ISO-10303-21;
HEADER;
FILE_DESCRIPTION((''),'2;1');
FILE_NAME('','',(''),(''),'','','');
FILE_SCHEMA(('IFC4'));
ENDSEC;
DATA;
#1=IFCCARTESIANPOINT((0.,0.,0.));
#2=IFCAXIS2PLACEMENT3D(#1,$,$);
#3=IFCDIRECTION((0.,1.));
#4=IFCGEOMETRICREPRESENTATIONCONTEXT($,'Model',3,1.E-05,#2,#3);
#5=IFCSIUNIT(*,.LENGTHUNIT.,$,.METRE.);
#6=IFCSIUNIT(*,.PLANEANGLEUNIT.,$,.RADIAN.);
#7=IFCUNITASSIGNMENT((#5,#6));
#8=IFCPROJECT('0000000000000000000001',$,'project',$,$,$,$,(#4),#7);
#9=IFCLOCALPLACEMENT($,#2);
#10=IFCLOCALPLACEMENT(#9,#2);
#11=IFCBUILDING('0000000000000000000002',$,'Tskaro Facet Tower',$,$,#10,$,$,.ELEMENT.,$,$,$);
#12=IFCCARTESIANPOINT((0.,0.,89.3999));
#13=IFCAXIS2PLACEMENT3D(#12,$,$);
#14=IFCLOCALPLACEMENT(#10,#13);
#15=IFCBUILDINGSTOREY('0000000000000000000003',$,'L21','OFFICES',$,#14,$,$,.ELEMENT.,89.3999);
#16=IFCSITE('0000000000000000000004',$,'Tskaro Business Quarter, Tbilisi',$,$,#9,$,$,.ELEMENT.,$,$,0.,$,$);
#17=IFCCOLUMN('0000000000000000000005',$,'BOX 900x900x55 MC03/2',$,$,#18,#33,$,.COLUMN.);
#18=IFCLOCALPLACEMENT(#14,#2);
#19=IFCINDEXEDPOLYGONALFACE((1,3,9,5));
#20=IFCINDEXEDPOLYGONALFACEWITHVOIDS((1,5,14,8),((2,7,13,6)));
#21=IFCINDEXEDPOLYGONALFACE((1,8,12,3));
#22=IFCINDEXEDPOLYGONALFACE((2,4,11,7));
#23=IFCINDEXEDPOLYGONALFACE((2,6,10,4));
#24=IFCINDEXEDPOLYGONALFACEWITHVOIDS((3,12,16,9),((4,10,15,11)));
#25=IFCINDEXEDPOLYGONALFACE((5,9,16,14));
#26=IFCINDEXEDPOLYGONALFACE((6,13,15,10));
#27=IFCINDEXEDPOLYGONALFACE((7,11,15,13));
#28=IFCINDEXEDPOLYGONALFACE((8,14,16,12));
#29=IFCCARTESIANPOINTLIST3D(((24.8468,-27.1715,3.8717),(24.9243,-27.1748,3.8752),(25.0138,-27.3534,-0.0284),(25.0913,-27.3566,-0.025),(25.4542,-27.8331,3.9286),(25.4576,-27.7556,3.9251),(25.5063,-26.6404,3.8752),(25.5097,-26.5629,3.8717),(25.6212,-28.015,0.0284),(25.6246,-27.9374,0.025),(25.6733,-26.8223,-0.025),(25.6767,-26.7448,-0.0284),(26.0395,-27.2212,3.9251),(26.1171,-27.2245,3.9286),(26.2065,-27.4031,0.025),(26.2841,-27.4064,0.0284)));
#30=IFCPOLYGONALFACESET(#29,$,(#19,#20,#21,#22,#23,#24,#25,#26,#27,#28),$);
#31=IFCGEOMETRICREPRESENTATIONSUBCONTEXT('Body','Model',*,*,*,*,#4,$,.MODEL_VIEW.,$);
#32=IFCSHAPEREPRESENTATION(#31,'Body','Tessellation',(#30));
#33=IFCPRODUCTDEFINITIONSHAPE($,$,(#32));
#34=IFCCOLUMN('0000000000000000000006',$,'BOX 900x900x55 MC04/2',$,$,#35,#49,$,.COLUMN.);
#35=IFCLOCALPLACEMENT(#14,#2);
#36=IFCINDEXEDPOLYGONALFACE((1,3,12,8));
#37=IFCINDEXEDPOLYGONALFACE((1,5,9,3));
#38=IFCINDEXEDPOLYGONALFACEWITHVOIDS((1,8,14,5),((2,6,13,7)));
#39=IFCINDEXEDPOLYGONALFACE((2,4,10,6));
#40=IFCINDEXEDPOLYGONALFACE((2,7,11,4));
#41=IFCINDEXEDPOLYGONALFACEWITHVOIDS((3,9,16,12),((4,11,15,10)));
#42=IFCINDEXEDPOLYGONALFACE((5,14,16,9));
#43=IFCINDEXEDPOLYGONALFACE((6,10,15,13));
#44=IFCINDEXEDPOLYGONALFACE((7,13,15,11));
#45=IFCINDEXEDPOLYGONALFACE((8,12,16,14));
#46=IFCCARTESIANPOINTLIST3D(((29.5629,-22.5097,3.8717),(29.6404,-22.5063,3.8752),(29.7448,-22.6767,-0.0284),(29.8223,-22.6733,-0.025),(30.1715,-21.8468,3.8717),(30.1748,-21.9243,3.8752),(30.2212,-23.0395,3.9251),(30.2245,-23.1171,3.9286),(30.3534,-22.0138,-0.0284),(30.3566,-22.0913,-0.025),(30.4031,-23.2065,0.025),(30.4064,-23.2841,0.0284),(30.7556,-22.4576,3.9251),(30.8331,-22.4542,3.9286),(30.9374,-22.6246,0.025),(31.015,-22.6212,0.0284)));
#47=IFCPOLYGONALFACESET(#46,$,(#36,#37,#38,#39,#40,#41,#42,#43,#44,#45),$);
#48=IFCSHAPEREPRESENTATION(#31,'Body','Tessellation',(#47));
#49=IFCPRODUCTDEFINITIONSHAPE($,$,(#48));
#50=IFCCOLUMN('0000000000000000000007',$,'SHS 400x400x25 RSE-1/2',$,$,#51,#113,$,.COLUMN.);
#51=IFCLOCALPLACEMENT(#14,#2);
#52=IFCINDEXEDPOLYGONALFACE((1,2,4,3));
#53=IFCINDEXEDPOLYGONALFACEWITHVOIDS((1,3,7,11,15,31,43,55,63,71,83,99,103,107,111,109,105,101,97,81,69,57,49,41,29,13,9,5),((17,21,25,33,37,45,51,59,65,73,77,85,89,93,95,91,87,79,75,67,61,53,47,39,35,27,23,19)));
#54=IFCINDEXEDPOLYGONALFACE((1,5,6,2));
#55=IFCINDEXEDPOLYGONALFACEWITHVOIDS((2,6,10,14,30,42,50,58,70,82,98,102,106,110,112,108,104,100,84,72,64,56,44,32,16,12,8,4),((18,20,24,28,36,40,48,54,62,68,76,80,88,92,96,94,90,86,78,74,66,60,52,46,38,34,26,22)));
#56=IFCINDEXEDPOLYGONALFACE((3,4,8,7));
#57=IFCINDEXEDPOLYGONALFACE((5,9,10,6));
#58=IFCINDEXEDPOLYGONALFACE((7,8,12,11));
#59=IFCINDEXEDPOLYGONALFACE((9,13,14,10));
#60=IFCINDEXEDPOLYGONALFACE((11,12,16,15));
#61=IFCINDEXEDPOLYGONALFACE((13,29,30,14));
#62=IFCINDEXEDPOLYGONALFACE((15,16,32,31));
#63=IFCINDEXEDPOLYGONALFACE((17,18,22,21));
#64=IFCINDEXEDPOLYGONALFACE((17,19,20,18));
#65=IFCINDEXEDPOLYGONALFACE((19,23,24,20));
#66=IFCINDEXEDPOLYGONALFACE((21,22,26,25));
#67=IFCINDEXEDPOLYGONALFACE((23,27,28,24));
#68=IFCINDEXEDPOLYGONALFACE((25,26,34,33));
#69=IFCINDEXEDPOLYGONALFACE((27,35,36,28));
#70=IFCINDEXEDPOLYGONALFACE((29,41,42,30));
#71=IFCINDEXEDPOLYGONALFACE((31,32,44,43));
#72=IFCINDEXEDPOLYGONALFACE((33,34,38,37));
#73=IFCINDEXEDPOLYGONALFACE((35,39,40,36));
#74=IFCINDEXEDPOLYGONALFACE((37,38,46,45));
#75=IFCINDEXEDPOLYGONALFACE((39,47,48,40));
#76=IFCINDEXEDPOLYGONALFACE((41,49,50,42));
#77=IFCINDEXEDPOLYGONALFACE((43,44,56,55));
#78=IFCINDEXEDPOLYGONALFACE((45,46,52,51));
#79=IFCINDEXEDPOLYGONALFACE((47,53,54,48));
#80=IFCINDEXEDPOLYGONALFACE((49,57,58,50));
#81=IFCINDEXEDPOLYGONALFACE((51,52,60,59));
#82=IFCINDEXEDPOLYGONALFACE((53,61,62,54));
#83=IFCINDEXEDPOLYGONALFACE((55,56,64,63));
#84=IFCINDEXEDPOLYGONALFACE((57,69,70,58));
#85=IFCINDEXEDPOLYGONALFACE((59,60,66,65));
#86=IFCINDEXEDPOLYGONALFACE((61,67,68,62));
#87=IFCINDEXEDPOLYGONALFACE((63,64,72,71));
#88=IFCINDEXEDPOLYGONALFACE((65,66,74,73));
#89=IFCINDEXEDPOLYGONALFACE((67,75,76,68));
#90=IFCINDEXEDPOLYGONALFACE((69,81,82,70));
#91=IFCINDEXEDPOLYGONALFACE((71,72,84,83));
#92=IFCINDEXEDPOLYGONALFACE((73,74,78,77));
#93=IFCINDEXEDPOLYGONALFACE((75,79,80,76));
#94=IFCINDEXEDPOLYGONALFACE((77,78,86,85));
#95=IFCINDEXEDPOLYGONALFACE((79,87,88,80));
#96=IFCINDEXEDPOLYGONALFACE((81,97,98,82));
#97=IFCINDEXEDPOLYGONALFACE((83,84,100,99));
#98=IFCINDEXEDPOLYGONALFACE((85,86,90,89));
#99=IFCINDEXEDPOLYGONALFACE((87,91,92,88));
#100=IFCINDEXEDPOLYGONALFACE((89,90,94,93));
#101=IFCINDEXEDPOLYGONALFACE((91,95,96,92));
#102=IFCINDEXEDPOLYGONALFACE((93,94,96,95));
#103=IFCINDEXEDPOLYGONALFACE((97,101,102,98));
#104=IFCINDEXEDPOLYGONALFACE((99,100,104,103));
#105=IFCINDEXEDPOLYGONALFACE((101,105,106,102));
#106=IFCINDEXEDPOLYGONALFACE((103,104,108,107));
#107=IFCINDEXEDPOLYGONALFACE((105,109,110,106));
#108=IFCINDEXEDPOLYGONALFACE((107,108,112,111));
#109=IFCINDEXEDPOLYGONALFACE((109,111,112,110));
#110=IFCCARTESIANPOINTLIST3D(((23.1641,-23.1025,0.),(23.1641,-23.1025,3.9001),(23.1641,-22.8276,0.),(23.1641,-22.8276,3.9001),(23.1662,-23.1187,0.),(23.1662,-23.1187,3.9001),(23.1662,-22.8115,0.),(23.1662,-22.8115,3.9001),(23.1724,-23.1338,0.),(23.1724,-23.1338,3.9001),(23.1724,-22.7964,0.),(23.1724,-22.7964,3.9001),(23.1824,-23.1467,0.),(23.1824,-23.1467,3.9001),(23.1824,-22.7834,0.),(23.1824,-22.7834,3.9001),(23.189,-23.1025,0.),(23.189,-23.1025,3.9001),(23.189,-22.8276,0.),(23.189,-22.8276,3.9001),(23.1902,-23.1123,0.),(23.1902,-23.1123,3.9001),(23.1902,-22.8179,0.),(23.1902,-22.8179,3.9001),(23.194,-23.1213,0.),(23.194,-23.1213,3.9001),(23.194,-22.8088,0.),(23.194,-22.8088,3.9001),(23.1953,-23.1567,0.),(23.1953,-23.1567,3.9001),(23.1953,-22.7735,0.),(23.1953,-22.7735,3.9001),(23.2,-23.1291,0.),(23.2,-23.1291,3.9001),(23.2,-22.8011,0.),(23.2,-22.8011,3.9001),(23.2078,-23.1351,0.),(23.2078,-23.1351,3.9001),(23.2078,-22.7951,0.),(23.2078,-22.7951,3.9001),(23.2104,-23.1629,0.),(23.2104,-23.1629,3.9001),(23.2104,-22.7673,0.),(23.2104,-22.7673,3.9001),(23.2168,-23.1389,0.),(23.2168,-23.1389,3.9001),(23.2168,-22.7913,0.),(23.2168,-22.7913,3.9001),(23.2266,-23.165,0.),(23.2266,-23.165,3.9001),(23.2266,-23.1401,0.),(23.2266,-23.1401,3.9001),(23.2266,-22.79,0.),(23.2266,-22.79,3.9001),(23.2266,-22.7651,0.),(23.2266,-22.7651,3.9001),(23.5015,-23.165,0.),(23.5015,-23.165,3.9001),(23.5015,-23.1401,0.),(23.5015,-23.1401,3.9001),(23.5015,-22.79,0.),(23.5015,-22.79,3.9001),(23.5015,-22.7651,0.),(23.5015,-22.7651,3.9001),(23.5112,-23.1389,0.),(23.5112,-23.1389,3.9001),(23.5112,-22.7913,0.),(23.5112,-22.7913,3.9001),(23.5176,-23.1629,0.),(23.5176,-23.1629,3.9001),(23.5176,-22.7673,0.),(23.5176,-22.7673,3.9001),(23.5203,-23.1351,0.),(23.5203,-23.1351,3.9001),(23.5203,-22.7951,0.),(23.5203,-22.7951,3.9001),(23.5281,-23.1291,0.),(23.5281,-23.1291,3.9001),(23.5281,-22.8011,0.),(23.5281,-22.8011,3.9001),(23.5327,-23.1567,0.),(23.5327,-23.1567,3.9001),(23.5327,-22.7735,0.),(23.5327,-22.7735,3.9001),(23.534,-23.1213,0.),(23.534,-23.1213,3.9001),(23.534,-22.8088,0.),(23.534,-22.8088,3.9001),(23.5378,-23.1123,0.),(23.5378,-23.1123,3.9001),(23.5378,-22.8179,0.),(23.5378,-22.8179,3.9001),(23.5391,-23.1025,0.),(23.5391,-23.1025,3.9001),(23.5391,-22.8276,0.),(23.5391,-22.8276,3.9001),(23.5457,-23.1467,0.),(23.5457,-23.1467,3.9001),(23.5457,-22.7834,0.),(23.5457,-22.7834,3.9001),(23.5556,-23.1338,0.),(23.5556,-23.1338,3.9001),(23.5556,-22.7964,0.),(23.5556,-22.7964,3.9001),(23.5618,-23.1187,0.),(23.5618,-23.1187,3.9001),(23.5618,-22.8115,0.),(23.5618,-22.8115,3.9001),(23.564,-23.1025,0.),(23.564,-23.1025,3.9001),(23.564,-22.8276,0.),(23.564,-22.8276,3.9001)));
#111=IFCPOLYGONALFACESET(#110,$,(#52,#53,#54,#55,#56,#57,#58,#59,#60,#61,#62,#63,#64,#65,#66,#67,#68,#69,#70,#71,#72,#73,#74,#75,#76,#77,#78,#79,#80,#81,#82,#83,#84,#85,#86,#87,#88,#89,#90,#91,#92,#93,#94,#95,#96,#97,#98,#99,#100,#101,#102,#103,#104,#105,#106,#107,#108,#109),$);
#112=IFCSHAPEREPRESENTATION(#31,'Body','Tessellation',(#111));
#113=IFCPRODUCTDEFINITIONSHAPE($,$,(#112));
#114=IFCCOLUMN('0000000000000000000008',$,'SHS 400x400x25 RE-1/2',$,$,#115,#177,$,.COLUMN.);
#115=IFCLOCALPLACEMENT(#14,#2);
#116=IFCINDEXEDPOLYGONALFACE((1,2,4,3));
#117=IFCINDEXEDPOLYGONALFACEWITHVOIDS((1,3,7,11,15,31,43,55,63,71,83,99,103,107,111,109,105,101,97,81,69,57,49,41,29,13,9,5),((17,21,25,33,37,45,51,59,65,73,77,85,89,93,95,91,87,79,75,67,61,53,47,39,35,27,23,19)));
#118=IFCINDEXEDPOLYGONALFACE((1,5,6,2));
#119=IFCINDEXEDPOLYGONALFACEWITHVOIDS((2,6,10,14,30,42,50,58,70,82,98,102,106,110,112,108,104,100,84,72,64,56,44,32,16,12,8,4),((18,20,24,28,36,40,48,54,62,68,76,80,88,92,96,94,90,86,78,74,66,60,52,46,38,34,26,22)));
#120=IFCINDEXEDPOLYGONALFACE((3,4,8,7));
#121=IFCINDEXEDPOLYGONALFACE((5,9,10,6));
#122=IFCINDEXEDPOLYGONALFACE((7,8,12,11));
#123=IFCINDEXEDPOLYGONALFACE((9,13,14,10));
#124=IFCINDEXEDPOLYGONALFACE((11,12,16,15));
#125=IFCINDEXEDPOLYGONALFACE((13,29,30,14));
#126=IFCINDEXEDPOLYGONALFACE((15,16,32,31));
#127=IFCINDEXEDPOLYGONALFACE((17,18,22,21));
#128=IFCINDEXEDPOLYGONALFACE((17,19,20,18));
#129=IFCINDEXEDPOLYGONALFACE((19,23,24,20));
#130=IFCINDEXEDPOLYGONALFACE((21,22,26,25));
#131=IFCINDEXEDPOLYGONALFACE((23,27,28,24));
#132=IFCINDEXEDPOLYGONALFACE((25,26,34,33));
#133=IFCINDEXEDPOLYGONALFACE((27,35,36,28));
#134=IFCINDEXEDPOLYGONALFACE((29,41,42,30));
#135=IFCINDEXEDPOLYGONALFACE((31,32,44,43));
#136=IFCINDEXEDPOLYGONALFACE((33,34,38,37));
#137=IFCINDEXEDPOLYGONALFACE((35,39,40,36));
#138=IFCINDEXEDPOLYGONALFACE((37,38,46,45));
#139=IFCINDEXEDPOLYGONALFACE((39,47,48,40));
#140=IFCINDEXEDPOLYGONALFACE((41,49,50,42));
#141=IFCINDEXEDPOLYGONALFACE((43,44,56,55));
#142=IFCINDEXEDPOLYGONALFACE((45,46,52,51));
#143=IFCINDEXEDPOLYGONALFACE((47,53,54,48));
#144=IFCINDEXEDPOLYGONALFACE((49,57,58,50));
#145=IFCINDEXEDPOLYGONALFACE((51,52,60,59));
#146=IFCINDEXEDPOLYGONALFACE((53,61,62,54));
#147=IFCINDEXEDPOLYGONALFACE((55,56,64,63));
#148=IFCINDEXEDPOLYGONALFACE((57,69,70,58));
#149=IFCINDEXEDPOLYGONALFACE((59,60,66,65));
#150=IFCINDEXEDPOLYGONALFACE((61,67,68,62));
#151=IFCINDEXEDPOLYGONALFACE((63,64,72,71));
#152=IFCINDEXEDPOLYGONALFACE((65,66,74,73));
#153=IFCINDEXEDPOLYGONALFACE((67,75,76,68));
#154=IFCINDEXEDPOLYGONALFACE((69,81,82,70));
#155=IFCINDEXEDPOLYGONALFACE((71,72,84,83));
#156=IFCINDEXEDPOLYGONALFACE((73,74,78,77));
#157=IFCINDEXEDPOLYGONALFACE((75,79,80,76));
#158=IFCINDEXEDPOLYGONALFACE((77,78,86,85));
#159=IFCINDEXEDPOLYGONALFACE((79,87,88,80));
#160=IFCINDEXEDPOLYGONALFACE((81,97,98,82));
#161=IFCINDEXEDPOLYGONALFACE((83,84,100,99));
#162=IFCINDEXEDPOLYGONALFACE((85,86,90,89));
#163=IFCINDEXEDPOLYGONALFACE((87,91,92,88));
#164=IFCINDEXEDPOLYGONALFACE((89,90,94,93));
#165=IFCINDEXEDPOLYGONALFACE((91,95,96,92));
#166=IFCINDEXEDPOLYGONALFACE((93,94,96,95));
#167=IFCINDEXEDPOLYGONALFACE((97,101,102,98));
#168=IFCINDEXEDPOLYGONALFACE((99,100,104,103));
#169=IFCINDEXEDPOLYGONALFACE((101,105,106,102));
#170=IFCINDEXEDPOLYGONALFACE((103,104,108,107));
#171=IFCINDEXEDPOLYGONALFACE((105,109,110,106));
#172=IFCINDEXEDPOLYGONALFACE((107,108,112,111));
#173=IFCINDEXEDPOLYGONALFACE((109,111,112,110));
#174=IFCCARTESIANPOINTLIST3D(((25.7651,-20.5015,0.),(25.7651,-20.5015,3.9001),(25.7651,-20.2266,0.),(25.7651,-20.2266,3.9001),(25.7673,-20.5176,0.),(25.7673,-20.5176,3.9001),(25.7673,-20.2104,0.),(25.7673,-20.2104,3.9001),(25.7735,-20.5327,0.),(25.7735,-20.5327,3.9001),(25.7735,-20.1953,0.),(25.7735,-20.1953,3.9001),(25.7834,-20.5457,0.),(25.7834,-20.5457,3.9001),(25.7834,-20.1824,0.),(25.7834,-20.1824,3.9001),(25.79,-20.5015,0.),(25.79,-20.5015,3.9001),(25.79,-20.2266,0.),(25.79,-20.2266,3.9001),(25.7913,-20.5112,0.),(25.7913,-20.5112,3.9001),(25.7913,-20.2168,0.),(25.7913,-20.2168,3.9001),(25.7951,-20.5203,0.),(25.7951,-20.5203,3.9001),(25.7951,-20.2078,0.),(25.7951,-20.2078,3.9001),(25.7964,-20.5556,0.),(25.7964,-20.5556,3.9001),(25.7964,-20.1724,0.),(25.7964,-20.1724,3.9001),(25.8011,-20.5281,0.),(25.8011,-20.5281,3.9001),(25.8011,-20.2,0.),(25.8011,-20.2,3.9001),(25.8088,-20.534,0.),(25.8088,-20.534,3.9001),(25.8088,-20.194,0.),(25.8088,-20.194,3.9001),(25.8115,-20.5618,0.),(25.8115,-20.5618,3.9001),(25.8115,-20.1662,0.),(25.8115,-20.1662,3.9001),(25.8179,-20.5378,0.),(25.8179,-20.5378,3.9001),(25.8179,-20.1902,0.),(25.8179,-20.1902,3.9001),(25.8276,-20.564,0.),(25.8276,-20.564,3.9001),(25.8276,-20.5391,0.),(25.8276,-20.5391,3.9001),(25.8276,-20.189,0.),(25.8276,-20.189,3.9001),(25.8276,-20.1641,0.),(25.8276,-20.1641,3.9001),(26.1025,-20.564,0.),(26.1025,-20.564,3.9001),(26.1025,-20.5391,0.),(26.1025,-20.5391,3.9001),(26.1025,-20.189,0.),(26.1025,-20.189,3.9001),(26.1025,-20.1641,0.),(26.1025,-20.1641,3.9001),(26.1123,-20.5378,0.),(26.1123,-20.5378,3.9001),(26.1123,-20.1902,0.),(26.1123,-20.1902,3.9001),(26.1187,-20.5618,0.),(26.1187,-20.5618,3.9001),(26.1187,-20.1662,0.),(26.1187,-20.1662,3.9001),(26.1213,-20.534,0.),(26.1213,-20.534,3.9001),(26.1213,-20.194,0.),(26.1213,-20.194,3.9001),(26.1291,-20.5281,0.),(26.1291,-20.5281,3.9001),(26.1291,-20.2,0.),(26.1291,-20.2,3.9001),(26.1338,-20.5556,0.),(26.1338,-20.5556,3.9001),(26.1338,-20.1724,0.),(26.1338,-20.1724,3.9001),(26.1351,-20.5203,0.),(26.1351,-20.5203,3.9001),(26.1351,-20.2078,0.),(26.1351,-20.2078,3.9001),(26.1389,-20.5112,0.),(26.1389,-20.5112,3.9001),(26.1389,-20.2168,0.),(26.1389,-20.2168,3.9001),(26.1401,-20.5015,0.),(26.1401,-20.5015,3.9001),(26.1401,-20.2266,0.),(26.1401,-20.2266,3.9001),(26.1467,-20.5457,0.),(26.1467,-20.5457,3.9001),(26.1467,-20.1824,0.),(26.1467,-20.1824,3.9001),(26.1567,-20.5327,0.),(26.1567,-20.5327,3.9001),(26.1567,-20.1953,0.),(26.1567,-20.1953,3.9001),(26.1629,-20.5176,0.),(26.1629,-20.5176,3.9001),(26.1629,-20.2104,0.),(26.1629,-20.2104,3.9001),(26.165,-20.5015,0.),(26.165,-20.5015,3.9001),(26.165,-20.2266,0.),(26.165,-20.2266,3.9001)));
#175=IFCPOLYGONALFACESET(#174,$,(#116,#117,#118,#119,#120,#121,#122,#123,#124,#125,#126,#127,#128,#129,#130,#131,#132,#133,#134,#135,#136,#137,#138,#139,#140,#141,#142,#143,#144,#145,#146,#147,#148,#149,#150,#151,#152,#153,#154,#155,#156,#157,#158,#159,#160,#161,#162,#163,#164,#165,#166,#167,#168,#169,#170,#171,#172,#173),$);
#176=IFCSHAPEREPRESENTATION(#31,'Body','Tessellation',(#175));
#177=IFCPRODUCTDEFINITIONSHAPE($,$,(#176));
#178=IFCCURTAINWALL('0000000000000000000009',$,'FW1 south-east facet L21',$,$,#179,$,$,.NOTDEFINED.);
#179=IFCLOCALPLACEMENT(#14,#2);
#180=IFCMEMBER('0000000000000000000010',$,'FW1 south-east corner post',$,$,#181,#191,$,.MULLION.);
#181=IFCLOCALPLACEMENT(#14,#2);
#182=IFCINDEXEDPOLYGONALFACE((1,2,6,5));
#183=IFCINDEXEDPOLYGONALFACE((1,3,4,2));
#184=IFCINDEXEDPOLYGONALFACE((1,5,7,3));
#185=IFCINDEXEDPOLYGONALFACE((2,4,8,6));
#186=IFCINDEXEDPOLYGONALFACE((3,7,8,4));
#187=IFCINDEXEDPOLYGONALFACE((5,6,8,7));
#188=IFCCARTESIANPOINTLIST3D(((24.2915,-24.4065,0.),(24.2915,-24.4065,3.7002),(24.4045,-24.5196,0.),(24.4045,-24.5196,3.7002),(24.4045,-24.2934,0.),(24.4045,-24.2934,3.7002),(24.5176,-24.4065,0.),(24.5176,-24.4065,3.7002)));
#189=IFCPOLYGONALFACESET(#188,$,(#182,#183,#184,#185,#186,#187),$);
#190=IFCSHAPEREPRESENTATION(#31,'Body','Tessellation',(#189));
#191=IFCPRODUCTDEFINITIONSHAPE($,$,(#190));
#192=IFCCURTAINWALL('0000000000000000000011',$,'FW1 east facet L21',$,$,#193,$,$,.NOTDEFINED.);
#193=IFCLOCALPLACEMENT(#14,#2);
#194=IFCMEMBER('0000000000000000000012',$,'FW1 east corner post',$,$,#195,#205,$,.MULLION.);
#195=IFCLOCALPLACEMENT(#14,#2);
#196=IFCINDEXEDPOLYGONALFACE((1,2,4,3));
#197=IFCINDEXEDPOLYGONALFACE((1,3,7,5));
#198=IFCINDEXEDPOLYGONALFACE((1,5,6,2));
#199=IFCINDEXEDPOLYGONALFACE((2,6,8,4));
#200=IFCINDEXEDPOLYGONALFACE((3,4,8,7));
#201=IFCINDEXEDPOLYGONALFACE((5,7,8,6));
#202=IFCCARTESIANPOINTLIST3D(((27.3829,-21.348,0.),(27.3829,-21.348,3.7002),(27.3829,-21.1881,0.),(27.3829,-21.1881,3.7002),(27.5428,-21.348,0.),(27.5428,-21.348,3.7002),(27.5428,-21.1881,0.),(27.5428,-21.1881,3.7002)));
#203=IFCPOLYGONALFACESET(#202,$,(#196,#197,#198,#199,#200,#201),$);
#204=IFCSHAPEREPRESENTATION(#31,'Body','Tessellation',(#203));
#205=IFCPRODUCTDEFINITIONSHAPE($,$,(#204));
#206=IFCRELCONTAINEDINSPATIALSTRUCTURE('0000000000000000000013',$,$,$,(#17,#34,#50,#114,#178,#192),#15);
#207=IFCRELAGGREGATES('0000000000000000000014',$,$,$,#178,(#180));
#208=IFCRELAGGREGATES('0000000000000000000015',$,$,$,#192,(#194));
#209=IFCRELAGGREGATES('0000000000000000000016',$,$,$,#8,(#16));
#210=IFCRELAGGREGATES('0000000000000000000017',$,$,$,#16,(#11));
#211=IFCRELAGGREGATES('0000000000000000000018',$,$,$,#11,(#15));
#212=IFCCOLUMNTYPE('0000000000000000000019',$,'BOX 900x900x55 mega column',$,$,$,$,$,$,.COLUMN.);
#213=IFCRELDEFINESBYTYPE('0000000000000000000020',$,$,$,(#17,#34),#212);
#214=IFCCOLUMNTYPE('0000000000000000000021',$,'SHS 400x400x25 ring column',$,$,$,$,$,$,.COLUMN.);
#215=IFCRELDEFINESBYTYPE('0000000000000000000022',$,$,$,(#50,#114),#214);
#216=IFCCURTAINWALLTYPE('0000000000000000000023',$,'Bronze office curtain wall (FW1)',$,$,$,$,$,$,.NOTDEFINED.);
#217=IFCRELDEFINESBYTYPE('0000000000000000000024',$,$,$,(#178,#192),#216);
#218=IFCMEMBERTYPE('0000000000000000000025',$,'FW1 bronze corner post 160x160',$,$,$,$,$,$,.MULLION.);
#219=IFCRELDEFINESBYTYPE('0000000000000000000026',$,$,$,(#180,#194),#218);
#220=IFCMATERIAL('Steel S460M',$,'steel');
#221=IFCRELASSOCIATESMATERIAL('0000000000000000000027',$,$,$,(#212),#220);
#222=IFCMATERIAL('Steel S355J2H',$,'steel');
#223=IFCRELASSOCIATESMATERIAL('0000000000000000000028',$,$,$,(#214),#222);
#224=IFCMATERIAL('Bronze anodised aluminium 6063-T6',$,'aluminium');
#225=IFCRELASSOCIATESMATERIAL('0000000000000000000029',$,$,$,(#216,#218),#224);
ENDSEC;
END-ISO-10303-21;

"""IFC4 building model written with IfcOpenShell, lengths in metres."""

from ifc_helpers import new_model, si_unit, direction, frame, origin, origin_2d, place, context, subcontext, project, spatial, rectangle, hollow_rectangle, extrude, material, material_profile, profile_set, type_object, element, aggregate, save


model = new_model("IFC4")

# Units and contexts
model_context = context("Model", 3, precision=1e-05, world=origin(), true_north=direction((0.0, 1.0)))
body_context = subcontext(model_context, "Body", "Model", "MODEL_VIEW")
ifc_project = project(units=[si_unit("LENGTHUNIT", "METRE"), si_unit("PLANEANGLEUNIT", "RADIAN")], contexts=[model_context])

# Site, building, storey
site_placement = place(None, origin())
site = spatial("IfcSite", under=ifc_project, at=site_placement, Name="Tskaro Business Quarter, Tbilisi", CompositionType="ELEMENT", RefElevation=0.0)
building_placement = place(site_placement, origin())
building = spatial("IfcBuilding", under=site, at=building_placement, Name="Tskaro Facet Tower", CompositionType="ELEMENT")
storey_placement = place(building_placement, frame((0.0, 0.0, 89.3999)))
storey = spatial("IfcBuildingStorey", under=building, at=storey_placement, Name="L21", Description="OFFICES", CompositionType="ELEMENT", Elevation=89.3999)

# Columns
ifc_material_1 = material(Name="Steel S460M", Category="steel")
ifc_material_profile_1 = material_profile(ifc_material_1, hollow_rectangle(XDim=0.8999, YDim=0.8999, WallThickness=0.0549, at=origin_2d()), Name="BOX 900x900x55")
ifc_profile_set_1 = profile_set([ifc_material_profile_1], Name="Steel S460M")
column_type_1 = type_object("IfcColumnType", Name="BOX 900x900x55 mega column", PredefinedType="COLUMN", material=ifc_profile_set_1)
for number, where, z_axis, x_axis, name in (
    (1, (25.6489, -27.3799, 0.0), (-0.042731, 0.046542, 0.998002), (-0.73662, -0.676306, 0.0), "BOX 900x900x55 MC03/2"),
    (2, (30.3799, -22.6489, 0.0), (-0.046542, 0.042731, 0.998002), (-0.676306, -0.73662, 0.0), "BOX 900x900x55 MC04/2"),
):
    element("IfcColumn", number, at=place(storey_placement, frame(where, z_axis=z_axis, x_axis=x_axis)), inside=storey, type_object=column_type_1, Name=name, PredefinedType="COLUMN", context=body_context, shape_type="SweptSolid", body=[
        extrude(hollow_rectangle(XDim=0.8999, YDim=0.8999, WallThickness=0.0549, at=origin_2d()), origin(), (0.0, 0.0, 1.0), 3.908),
    ])
ifc_material_2 = material(Name="Steel S355J2H", Category="steel")
ifc_material_profile_2 = material_profile(ifc_material_2, hollow_rectangle(XDim=0.3999, YDim=0.3999, WallThickness=0.0249, InnerFilletRadius=0.0376, OuterFilletRadius=0.0625, at=origin_2d()), Name="SHS 400x400x25")
ifc_profile_set_2 = profile_set([ifc_material_profile_2], Name="Steel S355J2H")
column_type_2 = type_object("IfcColumnType", Name="SHS 400x400x25 ring column", PredefinedType="COLUMN", material=ifc_profile_set_2)
for number, where, z_axis, x_axis, name in (
    (3, (23.364, -22.9651, 0.0), (0.0, 0.0, 1.0), (1.0, 0.0, 0.0), "SHS 400x400x25 RSE-1/2"),
    (4, (25.9651, -20.364, 0.0), (0.0, 0.0, 1.0), (1.0, 0.0, 0.0), "SHS 400x400x25 RE-1/2"),
):
    element("IfcColumn", number, at=place(storey_placement, frame(where, z_axis=z_axis, x_axis=x_axis)), inside=storey, type_object=column_type_2, Name=name, PredefinedType="COLUMN", context=body_context, shape_type="SweptSolid", body=[
        extrude(hollow_rectangle(XDim=0.3999, YDim=0.3999, WallThickness=0.0249, InnerFilletRadius=0.0376, OuterFilletRadius=0.0625, at=origin_2d()), origin(), (0.0, 0.0, 1.0), 3.9001),
    ])

# Curtain walls, members
ifc_material_3 = material(Name="Bronze anodised aluminium 6063-T6", Category="aluminium")
curtain_wall_type = type_object("IfcCurtainWallType", Name="Bronze office curtain wall (FW1)", PredefinedType="NOTDEFINED", material=ifc_material_3)
curtain_wall_1_placement = place(storey_placement, origin())
curtain_wall_1 = element("IfcCurtainWall", 5, at=curtain_wall_1_placement, inside=storey, type_object=curtain_wall_type, Name="FW1 south-east facet L21", PredefinedType="NOTDEFINED")
ifc_material_profile_3 = material_profile(ifc_material_3, rectangle(XDim=0.1599, YDim=0.1599, at=origin_2d()), Name="Corner post 160x160")
ifc_profile_set_3 = profile_set([ifc_material_profile_3], Name="Bronze anodised aluminium 6063-T6")
member_type_1 = type_object("IfcMemberType", Name="FW1 bronze corner post 160x160", PredefinedType="MULLION", material=ifc_profile_set_3)
member_1_placement = place(storey_placement, frame((24.4045, -24.4065, 0.0), z_axis=(0.0, 0.0, 1.0), x_axis=(0.707107, 0.707107, 0.0)))
member_1 = element("IfcMember", 6, at=member_1_placement, type_object=member_type_1, Name="FW1 south-east corner post", PredefinedType="MULLION", context=body_context, shape_type="SweptSolid", body=[
    extrude(rectangle(XDim=0.1599, YDim=0.1599, at=origin_2d()), origin(), (0.0, 0.0, 1.0), 3.7002),
])
curtain_wall_2_placement = place(storey_placement, origin())
curtain_wall_2 = element("IfcCurtainWall", 7, at=curtain_wall_2_placement, inside=storey, type_object=curtain_wall_type, Name="FW1 east facet L21", PredefinedType="NOTDEFINED")
member_2_placement = place(storey_placement, frame((27.4629, -21.2681, 0.0), z_axis=(0.0, 0.0, 1.0), x_axis=(0.0, 1.0, 0.0)))
member_2 = element("IfcMember", 8, at=member_2_placement, type_object=member_type_1, Name="FW1 east corner post", PredefinedType="MULLION", context=body_context, shape_type="SweptSolid", body=[
    extrude(rectangle(XDim=0.1599, YDim=0.1599, at=origin_2d()), origin(), (0.0, 0.0, 1.0), 3.7002),
])

aggregate(curtain_wall_1, [member_1])
aggregate(curtain_wall_2, [member_2])

save(model, "model.ifc")
